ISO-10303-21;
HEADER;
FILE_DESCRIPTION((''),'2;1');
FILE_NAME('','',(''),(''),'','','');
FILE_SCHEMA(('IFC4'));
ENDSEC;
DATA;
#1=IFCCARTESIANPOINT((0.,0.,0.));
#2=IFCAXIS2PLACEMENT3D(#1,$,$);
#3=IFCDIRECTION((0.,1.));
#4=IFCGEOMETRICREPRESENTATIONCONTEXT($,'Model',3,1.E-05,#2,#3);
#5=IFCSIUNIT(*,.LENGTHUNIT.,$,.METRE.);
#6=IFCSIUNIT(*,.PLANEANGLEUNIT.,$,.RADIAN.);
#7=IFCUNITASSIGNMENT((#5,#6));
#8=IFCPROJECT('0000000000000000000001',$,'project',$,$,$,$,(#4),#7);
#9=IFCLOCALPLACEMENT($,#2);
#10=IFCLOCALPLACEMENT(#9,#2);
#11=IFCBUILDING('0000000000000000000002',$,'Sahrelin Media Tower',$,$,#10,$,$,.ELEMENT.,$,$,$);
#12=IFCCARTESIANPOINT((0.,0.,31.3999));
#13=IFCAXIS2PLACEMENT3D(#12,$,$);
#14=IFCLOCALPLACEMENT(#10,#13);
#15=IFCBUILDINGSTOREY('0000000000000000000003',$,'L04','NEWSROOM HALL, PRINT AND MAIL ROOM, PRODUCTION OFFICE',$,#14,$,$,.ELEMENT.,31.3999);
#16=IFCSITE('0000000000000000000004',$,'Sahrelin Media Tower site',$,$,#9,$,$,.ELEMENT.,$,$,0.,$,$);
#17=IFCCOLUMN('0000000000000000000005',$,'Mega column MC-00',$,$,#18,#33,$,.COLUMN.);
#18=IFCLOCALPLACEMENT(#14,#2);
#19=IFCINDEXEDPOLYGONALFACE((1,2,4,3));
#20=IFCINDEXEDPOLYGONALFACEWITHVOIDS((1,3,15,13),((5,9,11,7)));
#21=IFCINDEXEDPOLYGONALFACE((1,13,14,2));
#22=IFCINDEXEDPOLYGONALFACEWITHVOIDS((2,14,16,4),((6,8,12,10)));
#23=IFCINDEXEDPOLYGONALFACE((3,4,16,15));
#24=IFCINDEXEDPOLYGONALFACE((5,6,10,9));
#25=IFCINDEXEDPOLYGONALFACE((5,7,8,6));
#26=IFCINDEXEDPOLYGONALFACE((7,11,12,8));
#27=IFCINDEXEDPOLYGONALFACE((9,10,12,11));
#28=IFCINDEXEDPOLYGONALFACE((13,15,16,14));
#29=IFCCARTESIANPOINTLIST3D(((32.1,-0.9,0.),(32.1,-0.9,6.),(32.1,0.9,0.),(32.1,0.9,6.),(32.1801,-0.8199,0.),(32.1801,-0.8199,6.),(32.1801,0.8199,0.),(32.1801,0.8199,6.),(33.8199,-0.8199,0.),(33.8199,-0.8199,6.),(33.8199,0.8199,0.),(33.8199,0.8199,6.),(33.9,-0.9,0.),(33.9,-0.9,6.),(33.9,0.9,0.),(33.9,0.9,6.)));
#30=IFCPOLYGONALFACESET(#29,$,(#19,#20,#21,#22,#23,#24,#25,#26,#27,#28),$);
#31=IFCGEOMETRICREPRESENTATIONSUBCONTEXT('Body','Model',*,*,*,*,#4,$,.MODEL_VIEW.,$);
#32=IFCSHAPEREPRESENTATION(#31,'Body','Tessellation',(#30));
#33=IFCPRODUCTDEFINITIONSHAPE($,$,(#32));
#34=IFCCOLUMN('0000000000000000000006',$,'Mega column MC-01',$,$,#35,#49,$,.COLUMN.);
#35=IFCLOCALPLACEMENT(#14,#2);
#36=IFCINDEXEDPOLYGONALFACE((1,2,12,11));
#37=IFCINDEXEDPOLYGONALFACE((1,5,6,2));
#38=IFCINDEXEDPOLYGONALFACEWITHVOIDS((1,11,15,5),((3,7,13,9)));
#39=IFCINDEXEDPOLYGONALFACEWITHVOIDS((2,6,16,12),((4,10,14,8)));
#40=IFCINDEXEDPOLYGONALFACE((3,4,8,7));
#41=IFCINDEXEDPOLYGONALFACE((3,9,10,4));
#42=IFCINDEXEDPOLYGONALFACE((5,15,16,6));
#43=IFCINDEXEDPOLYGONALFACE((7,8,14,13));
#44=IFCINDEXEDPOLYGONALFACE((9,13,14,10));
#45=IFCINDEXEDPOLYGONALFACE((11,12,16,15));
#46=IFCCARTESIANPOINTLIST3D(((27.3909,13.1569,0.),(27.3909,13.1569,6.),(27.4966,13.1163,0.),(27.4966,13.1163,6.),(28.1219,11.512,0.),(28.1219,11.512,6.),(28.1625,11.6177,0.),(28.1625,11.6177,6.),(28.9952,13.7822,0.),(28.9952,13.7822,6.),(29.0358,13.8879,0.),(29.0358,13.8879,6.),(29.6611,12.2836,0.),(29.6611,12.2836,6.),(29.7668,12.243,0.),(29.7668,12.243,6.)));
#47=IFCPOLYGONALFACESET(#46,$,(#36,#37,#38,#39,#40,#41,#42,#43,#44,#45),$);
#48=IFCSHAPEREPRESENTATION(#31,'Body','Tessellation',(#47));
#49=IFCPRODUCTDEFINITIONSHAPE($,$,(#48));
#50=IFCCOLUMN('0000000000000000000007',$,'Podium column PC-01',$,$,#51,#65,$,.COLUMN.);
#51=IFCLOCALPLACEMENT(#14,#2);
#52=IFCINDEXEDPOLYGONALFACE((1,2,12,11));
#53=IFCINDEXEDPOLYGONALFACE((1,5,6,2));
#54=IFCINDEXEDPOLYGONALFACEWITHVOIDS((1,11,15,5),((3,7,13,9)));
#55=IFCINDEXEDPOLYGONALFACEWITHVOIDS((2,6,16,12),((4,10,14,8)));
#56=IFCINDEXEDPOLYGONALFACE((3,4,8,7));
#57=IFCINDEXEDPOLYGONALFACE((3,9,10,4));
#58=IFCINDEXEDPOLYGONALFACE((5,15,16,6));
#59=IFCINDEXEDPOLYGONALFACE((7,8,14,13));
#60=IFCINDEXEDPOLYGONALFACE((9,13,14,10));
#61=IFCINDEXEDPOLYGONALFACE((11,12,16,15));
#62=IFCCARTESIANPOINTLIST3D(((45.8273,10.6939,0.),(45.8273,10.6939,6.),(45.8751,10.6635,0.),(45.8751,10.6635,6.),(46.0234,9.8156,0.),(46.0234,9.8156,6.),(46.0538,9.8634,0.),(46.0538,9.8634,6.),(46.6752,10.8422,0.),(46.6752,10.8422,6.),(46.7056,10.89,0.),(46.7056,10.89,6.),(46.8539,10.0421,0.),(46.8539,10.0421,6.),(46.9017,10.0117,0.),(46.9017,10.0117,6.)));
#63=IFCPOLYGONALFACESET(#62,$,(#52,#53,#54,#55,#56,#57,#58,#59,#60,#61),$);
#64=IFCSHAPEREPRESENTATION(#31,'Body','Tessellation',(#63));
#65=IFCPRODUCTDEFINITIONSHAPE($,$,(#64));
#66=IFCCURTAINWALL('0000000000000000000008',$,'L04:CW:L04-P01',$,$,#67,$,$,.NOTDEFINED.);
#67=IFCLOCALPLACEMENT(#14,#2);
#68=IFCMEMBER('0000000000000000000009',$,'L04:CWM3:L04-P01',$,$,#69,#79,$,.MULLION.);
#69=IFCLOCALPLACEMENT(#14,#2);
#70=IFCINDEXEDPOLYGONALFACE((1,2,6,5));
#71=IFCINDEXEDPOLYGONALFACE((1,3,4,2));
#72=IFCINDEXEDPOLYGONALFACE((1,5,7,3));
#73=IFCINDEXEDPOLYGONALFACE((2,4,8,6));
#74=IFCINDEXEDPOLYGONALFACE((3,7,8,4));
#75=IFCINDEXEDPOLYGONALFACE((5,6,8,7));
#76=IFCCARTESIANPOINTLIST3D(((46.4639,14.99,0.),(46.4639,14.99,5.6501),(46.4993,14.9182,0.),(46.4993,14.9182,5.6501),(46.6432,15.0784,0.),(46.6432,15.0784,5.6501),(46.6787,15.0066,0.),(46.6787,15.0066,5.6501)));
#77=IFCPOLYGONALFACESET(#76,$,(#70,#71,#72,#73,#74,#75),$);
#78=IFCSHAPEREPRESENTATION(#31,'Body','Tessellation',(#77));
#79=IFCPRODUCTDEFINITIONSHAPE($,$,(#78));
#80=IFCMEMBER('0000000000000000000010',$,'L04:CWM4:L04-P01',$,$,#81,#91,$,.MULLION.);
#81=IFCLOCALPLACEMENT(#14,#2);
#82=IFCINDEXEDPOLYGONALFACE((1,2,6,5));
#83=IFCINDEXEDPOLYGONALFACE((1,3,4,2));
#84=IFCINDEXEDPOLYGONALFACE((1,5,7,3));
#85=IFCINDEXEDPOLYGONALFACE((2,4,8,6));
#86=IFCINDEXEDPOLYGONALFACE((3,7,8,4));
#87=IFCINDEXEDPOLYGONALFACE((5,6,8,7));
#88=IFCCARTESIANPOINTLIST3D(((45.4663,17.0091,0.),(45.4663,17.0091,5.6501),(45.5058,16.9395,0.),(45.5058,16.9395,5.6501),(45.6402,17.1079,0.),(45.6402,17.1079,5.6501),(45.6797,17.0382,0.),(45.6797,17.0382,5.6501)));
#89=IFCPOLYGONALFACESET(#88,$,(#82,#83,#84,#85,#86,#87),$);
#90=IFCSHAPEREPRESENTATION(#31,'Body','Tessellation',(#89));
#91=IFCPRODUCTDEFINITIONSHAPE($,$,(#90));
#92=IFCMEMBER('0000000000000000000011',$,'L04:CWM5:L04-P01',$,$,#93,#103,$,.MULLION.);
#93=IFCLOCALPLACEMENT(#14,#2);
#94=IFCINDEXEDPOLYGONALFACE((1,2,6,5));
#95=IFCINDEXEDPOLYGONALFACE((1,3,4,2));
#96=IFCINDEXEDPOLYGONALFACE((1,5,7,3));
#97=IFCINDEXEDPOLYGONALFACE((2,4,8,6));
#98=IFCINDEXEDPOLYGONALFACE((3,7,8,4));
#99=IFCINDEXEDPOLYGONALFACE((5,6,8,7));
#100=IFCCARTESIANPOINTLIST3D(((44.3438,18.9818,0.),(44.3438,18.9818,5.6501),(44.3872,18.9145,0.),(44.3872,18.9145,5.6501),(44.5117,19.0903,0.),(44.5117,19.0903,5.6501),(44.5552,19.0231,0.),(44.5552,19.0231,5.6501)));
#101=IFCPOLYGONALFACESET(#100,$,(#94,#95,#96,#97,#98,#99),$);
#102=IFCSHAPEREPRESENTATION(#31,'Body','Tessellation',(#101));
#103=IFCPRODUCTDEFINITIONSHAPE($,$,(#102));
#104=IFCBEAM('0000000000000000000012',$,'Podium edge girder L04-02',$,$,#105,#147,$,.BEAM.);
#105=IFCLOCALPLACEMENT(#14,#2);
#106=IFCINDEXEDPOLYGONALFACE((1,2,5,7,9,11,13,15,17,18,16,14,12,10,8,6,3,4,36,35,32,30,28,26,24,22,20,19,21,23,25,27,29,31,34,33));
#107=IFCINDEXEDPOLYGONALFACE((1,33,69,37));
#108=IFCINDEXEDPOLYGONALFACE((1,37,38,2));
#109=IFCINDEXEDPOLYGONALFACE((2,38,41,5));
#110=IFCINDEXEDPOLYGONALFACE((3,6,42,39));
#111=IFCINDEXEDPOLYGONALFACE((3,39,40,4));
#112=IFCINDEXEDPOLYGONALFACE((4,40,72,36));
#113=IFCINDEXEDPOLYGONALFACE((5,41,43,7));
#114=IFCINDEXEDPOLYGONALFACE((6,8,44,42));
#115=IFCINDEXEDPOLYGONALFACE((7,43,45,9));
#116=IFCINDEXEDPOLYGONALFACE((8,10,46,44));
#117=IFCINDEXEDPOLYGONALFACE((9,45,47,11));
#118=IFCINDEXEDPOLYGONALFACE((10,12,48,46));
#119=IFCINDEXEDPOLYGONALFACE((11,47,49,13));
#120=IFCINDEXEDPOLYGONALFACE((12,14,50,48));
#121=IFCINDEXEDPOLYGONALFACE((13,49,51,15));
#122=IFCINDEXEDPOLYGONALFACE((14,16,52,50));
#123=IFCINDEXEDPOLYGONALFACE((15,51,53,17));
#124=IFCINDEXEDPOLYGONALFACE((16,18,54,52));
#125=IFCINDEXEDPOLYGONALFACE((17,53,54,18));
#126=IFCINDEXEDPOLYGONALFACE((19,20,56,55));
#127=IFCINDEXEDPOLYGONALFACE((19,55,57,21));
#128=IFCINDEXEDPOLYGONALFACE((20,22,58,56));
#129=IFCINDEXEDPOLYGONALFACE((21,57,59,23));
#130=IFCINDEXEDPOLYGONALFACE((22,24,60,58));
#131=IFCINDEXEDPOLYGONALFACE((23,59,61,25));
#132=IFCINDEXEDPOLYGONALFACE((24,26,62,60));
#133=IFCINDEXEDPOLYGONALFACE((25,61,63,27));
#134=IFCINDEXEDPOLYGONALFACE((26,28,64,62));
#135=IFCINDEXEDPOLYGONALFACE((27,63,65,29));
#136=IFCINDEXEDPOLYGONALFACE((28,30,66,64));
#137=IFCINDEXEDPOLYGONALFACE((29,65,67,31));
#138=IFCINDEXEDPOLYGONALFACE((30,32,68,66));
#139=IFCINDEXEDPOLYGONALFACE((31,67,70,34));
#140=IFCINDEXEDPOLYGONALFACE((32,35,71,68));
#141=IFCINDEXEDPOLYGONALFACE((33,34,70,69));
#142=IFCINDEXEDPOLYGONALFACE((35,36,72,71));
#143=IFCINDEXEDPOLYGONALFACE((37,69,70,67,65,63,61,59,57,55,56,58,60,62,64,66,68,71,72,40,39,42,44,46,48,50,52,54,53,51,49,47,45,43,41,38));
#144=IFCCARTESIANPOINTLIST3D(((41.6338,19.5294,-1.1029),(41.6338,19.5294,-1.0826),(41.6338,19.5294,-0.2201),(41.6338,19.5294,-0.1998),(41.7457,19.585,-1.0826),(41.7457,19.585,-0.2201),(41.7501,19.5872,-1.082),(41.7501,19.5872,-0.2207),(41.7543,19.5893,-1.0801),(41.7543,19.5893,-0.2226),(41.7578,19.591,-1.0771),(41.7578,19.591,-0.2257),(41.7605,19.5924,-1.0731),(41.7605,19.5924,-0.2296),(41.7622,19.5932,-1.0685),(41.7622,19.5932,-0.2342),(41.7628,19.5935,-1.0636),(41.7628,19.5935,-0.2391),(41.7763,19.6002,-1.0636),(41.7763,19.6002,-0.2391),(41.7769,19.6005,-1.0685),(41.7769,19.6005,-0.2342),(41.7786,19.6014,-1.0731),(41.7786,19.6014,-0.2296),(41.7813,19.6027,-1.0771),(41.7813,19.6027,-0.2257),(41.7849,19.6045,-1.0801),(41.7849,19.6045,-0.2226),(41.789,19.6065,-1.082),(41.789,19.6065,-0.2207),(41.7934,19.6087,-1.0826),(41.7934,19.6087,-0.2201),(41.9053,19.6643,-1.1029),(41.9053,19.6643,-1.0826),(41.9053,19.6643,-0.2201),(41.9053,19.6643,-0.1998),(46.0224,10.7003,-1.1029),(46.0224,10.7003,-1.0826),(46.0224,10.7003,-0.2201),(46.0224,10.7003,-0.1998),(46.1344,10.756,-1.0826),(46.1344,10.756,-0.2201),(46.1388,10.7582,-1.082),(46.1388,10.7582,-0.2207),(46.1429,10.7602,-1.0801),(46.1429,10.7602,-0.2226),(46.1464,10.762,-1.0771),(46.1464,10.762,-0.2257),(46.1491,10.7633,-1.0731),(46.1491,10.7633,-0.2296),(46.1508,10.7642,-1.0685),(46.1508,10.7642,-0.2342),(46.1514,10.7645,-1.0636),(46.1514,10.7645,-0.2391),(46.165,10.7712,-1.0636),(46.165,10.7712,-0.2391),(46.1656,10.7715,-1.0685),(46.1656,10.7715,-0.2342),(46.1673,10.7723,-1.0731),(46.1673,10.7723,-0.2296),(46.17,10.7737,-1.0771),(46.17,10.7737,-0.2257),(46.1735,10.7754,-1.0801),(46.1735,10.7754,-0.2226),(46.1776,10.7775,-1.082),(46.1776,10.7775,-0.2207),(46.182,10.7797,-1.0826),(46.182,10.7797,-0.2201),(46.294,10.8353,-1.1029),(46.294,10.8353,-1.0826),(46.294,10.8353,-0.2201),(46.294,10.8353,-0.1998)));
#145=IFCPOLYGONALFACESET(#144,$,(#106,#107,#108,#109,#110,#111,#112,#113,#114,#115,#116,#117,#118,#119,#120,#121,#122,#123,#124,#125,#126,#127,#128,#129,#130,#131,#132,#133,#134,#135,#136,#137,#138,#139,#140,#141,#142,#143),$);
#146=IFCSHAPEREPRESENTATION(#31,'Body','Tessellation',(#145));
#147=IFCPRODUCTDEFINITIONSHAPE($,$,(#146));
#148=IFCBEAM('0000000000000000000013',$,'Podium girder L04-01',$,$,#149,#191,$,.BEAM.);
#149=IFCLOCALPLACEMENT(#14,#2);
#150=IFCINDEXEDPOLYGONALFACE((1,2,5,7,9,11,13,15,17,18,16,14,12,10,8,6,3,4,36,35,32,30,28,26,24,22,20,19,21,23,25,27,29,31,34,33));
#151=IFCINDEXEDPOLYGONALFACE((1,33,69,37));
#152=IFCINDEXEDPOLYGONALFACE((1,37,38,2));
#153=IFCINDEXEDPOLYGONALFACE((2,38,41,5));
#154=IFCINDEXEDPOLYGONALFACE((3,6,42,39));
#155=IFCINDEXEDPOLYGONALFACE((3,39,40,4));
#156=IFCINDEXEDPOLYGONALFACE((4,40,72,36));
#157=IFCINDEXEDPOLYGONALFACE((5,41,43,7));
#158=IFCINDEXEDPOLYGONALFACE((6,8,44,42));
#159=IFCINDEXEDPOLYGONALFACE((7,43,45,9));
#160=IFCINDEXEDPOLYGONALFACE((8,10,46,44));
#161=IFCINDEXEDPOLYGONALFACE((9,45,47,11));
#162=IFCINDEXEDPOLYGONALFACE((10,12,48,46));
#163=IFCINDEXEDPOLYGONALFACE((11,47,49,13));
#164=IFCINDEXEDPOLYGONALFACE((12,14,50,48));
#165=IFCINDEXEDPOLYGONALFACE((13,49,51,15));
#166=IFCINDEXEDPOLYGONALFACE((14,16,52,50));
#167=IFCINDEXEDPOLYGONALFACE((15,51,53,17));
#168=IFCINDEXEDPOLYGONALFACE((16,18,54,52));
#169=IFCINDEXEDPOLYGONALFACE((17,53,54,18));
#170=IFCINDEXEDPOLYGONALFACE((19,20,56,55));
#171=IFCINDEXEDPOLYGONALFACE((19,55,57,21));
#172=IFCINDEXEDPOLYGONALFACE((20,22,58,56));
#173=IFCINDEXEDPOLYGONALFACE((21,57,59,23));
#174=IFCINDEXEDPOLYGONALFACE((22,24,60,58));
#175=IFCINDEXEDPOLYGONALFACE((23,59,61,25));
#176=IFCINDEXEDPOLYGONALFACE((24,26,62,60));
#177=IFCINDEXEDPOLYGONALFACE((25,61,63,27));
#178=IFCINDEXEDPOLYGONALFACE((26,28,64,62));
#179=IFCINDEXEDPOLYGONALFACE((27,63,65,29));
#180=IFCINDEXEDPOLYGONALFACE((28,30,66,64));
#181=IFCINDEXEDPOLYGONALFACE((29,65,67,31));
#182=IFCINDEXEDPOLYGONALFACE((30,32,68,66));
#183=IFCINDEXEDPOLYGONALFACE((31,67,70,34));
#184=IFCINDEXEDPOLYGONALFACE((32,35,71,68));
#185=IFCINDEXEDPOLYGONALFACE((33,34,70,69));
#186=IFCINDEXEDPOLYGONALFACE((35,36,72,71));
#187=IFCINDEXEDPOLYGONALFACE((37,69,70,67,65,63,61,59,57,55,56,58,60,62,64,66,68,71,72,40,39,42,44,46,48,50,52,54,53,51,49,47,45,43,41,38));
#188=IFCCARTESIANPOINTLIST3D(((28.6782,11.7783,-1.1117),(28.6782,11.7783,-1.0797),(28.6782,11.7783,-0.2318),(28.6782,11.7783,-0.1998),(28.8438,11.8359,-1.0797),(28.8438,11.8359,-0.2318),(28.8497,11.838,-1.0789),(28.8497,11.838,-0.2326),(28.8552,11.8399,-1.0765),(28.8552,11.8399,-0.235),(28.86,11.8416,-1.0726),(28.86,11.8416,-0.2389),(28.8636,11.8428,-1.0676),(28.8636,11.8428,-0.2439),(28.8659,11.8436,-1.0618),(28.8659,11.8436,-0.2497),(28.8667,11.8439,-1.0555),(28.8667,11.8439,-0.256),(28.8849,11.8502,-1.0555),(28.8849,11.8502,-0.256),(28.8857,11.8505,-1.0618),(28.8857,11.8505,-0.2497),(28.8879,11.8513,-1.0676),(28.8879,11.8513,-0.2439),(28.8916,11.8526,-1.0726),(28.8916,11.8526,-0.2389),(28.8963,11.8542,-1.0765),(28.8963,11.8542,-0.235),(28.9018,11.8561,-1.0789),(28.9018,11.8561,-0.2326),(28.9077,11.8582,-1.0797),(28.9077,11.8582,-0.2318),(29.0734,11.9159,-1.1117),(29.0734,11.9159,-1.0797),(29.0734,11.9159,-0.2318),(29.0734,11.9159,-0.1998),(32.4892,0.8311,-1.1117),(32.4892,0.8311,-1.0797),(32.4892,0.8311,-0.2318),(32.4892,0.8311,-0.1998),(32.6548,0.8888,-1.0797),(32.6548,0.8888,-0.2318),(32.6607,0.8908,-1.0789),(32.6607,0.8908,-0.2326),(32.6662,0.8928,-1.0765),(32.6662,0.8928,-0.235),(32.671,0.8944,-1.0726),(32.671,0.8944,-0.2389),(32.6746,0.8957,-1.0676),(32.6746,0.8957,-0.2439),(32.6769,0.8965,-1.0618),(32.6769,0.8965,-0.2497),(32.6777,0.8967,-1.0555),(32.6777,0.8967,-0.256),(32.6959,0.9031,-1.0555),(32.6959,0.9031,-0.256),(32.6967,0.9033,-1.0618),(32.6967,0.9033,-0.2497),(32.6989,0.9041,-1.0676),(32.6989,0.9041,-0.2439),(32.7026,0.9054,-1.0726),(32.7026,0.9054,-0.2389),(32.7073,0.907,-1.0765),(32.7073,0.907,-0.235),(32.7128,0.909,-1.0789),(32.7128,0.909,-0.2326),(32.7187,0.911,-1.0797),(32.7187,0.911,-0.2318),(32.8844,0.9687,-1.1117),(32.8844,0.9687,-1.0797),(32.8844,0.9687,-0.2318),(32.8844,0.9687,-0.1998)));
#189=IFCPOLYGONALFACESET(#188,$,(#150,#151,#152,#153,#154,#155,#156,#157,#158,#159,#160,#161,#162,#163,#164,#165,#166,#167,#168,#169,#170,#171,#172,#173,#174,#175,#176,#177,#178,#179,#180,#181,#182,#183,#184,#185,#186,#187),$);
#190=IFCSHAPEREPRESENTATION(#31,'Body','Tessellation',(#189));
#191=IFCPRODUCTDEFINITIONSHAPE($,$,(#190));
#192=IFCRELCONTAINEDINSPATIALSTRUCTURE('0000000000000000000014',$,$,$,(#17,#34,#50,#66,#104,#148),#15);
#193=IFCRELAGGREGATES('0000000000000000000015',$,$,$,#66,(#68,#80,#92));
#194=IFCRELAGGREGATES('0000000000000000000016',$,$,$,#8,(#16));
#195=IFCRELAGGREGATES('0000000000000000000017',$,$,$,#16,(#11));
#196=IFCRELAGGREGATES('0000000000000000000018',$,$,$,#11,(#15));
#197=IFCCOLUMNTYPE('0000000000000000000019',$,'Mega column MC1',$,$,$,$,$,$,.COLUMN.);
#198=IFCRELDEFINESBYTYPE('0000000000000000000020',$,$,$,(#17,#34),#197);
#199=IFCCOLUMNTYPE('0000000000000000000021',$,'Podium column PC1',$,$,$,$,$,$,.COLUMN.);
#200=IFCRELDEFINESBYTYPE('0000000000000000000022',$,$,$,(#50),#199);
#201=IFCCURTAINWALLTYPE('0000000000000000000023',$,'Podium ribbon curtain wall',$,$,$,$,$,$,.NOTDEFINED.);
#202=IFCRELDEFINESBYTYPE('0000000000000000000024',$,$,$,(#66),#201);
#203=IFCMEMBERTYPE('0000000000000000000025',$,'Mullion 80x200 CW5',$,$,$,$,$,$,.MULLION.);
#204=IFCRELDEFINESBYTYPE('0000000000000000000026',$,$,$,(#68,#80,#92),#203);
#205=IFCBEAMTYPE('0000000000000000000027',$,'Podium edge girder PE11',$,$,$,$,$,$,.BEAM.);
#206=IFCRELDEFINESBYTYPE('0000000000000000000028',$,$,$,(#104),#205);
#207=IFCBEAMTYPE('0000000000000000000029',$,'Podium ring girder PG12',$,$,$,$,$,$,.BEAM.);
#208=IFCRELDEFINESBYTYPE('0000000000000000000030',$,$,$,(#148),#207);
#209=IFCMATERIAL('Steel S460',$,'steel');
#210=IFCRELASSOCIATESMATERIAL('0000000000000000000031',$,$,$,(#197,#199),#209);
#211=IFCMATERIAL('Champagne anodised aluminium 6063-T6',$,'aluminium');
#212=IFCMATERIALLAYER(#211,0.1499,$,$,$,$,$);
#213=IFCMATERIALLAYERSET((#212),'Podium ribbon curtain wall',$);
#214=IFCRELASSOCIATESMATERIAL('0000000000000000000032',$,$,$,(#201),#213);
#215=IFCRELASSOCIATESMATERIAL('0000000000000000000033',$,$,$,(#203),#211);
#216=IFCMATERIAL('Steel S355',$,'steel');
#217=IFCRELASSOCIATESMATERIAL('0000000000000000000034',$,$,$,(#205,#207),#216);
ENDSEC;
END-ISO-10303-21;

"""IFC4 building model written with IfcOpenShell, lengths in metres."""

from ifc_helpers import new_model, si_unit, direction, frame, origin, origin_2d, place, context, subcontext, project, spatial, rectangle, hollow_rectangle, i_section, extrude, material, layer, layer_set, material_profile, profile_set, type_object, element, aggregate, save


model = new_model("IFC4")

# Units and contexts
model_context = context("Model", 3, precision=1e-05, world=origin(), true_north=direction((0.0, 1.0)))
body_context = subcontext(model_context, "Body", "Model", "MODEL_VIEW")
ifc_project = project(units=[si_unit("LENGTHUNIT", "METRE"), si_unit("PLANEANGLEUNIT", "RADIAN")], contexts=[model_context])

# Site, building, storey
site_placement = place(None, origin())
site = spatial("IfcSite", under=ifc_project, at=site_placement, Name="Sahrelin Media Tower site", CompositionType="ELEMENT", RefElevation=0.0)
building_placement = place(site_placement, origin())
building = spatial("IfcBuilding", under=site, at=building_placement, Name="Sahrelin Media Tower", CompositionType="ELEMENT")
storey_placement = place(building_placement, frame((0.0, 0.0, 31.3999)))
storey = spatial("IfcBuildingStorey", under=building, at=storey_placement, Name="L04", Description="NEWSROOM HALL, PRINT AND MAIL ROOM, PRODUCTION OFFICE", CompositionType="ELEMENT", Elevation=31.3999)

# Columns
ifc_material_1 = material(Name="Steel S460", Category="steel")
ifc_material_profile_1 = material_profile(ifc_material_1, hollow_rectangle(XDim=1.8, YDim=1.8, WallThickness=0.0801, at=origin_2d()), Name="Mega column MC1")
ifc_profile_set_1 = profile_set([ifc_material_profile_1], Name="Steel S460")
column_type_1 = type_object("IfcColumnType", Name="Mega column MC1", PredefinedType="COLUMN", material=ifc_profile_set_1)
for number, where, z_axis, x_axis, name in (
    (1, (33.0, 0.0, 0.0), (0.0, 0.0, 1.0), (1.0, 0.0, 0.0), "Mega column MC-00"),
    (2, (28.5789, 12.7, 0.0), (0.0, 0.0, 1.0), (0.913831, 0.406094, 0.0), "Mega column MC-01"),
):
    element("IfcColumn", number, at=place(storey_placement, frame(where, z_axis=z_axis, x_axis=x_axis)), inside=storey, type_object=column_type_1, Name=name, PredefinedType="COLUMN", context=body_context, shape_type="SweptSolid", body=[
        extrude(hollow_rectangle(XDim=1.8, YDim=1.8, WallThickness=0.0801, at=origin_2d()), origin(), (0.0, 0.0, 1.0), 6.0),
    ])
ifc_material_profile_2 = material_profile(ifc_material_1, hollow_rectangle(XDim=0.8999, YDim=0.8999, WallThickness=0.04, at=origin_2d()), Name="Podium column PC1")
ifc_profile_set_2 = profile_set([ifc_material_profile_2], Name="Steel S460")
column_type_2 = type_object("IfcColumnType", Name="Podium column PC1", PredefinedType="COLUMN", material=ifc_profile_set_2)
column_placement = place(storey_placement, frame((46.3645, 10.3528, 0.0), z_axis=(0.0, 0.0, 1.0), x_axis=(0.975965, 0.217925, 0.0)))
element("IfcColumn", 3, at=column_placement, inside=storey, type_object=column_type_2, Name="Podium column PC-01", PredefinedType="COLUMN", context=body_context, shape_type="SweptSolid", body=[
    extrude(hollow_rectangle(XDim=0.8999, YDim=0.8999, WallThickness=0.04, at=origin_2d()), origin(), (0.0, 0.0, 1.0), 6.0),
])

# Curtain wall, members
ifc_material_2 = material(Name="Champagne anodised aluminium 6063-T6", Category="aluminium")
ifc_layer_1 = layer(ifc_material_2, 0.1499)
ifc_layer_set_1 = layer_set([ifc_layer_1], Name="Podium ribbon curtain wall")
curtain_wall_type = type_object("IfcCurtainWallType", Name="Podium ribbon curtain wall", PredefinedType="NOTDEFINED", material=ifc_layer_set_1)
curtain_wall_placement = place(storey_placement, frame((48.2964, 10.8704, 0.0), z_axis=(0.0, 0.0, 1.0), x_axis=(1.0, 0.0, 0.0)))
curtain_wall = element("IfcCurtainWall", 4, at=curtain_wall_placement, inside=storey, type_object=curtain_wall_type, Name="L04:CW:L04-P01", PredefinedType="NOTDEFINED")
ifc_material_profile_3 = material_profile(ifc_material_2, rectangle(XDim=0.0801, YDim=0.2, at=origin_2d()), Name="Mullion 80x200")
ifc_profile_set_3 = profile_set([ifc_material_profile_3], Name="Champagne anodised aluminium 6063-T6")
member_type_1 = type_object("IfcMemberType", Name="Mullion 80x200 CW5", PredefinedType="MULLION", material=ifc_profile_set_3)
member_1_placement = place(storey_placement, frame((46.5713, 14.9983, 0.0), z_axis=(0.0, 0.0, 1.0), x_axis=(-0.442262, 0.896886, 0.0)))
member_1 = element("IfcMember", 5, at=member_1_placement, type_object=member_type_1, Name="L04:CWM3:L04-P01", PredefinedType="MULLION", context=body_context, shape_type="SweptSolid", body=[
    extrude(rectangle(XDim=0.0801, YDim=0.2, at=origin_2d()), origin(), (0.0, 0.0, 1.0), 5.6501),
])
member_2_placement = place(storey_placement, frame((45.573, 17.0237, 0.0), z_axis=(0.0, 0.0, 1.0), x_axis=(-0.493787, 0.869583, 0.0)))
member_2 = element("IfcMember", 6, at=member_2_placement, type_object=member_type_1, Name="L04:CWM4:L04-P01", PredefinedType="MULLION", context=body_context, shape_type="SweptSolid", body=[
    extrude(rectangle(XDim=0.0801, YDim=0.2, at=origin_2d()), origin(), (0.0, 0.0, 1.0), 5.6501),
])
member_3_placement = place(storey_placement, frame((44.4495, 19.0024, 0.0), z_axis=(0.0, 0.0, 1.0), x_axis=(-0.54283, 0.839843, 0.0)))
member_3 = element("IfcMember", 7, at=member_3_placement, type_object=member_type_1, Name="L04:CWM5:L04-P01", PredefinedType="MULLION", context=body_context, shape_type="SweptSolid", body=[
    extrude(rectangle(XDim=0.0801, YDim=0.2, at=origin_2d()), origin(), (0.0, 0.0, 1.0), 5.6501),
])

# Beams
ifc_material_3 = material(Name="Steel S355", Category="steel")
ifc_material_profile_4 = material_profile(ifc_material_3, i_section(OverallWidth=0.3032, OverallDepth=0.9031, WebThickness=0.0151, FlangeThickness=0.0203, FilletRadius=0.019, at=origin_2d()), Name="UB 914x305x201")
ifc_profile_set_4 = profile_set([ifc_material_profile_4], Name="Steel S355")
beam_type_1 = type_object("IfcBeamType", Name="Podium edge girder PE11", PredefinedType="BEAM", material=ifc_profile_set_4)
beam_1_placement = place(storey_placement, frame((46.1582, 10.7678, -0.6514), z_axis=(-0.445113, 0.895475, 0.0), x_axis=(-0.895475, -0.445113, 0.0)))
element("IfcBeam", 8, at=beam_1_placement, inside=storey, type_object=beam_type_1, Name="Podium edge girder L04-02", PredefinedType="BEAM", context=body_context, shape_type="SweptSolid", body=[
    extrude(i_section(OverallWidth=0.3032, OverallDepth=0.9031, WebThickness=0.0151, FlangeThickness=0.0203, FilletRadius=0.019, at=origin_2d()), origin(), (0.0, 0.0, 1.0), 9.8596),
])
ifc_material_profile_5 = material_profile(ifc_material_3, i_section(OverallWidth=0.4185, OverallDepth=0.9119, WebThickness=0.0193, FlangeThickness=0.032, FilletRadius=0.0242, at=origin_2d()), Name="UB 914x419x343")
ifc_profile_set_5 = profile_set([ifc_material_profile_5], Name="Steel S355")
beam_type_2 = type_object("IfcBeamType", Name="Podium ring girder PG12", PredefinedType="BEAM", material=ifc_profile_set_5)
beam_2_placement = place(storey_placement, frame((32.6868, 0.8999, -0.6558), z_axis=(-0.328774, 0.944409, 0.0), x_axis=(-0.944409, -0.328774, 0.0)))
element("IfcBeam", 9, at=beam_2_placement, inside=storey, type_object=beam_type_2, Name="Podium girder L04-01", PredefinedType="BEAM", context=body_context, shape_type="SweptSolid", body=[
    extrude(i_section(OverallWidth=0.4185, OverallDepth=0.9119, WebThickness=0.0193, FlangeThickness=0.032, FilletRadius=0.0242, at=origin_2d()), origin(), (0.0, 0.0, 1.0), 11.5916),
])

aggregate(curtain_wall, [member_1, member_2, member_3])

save(model, "model.ifc")
